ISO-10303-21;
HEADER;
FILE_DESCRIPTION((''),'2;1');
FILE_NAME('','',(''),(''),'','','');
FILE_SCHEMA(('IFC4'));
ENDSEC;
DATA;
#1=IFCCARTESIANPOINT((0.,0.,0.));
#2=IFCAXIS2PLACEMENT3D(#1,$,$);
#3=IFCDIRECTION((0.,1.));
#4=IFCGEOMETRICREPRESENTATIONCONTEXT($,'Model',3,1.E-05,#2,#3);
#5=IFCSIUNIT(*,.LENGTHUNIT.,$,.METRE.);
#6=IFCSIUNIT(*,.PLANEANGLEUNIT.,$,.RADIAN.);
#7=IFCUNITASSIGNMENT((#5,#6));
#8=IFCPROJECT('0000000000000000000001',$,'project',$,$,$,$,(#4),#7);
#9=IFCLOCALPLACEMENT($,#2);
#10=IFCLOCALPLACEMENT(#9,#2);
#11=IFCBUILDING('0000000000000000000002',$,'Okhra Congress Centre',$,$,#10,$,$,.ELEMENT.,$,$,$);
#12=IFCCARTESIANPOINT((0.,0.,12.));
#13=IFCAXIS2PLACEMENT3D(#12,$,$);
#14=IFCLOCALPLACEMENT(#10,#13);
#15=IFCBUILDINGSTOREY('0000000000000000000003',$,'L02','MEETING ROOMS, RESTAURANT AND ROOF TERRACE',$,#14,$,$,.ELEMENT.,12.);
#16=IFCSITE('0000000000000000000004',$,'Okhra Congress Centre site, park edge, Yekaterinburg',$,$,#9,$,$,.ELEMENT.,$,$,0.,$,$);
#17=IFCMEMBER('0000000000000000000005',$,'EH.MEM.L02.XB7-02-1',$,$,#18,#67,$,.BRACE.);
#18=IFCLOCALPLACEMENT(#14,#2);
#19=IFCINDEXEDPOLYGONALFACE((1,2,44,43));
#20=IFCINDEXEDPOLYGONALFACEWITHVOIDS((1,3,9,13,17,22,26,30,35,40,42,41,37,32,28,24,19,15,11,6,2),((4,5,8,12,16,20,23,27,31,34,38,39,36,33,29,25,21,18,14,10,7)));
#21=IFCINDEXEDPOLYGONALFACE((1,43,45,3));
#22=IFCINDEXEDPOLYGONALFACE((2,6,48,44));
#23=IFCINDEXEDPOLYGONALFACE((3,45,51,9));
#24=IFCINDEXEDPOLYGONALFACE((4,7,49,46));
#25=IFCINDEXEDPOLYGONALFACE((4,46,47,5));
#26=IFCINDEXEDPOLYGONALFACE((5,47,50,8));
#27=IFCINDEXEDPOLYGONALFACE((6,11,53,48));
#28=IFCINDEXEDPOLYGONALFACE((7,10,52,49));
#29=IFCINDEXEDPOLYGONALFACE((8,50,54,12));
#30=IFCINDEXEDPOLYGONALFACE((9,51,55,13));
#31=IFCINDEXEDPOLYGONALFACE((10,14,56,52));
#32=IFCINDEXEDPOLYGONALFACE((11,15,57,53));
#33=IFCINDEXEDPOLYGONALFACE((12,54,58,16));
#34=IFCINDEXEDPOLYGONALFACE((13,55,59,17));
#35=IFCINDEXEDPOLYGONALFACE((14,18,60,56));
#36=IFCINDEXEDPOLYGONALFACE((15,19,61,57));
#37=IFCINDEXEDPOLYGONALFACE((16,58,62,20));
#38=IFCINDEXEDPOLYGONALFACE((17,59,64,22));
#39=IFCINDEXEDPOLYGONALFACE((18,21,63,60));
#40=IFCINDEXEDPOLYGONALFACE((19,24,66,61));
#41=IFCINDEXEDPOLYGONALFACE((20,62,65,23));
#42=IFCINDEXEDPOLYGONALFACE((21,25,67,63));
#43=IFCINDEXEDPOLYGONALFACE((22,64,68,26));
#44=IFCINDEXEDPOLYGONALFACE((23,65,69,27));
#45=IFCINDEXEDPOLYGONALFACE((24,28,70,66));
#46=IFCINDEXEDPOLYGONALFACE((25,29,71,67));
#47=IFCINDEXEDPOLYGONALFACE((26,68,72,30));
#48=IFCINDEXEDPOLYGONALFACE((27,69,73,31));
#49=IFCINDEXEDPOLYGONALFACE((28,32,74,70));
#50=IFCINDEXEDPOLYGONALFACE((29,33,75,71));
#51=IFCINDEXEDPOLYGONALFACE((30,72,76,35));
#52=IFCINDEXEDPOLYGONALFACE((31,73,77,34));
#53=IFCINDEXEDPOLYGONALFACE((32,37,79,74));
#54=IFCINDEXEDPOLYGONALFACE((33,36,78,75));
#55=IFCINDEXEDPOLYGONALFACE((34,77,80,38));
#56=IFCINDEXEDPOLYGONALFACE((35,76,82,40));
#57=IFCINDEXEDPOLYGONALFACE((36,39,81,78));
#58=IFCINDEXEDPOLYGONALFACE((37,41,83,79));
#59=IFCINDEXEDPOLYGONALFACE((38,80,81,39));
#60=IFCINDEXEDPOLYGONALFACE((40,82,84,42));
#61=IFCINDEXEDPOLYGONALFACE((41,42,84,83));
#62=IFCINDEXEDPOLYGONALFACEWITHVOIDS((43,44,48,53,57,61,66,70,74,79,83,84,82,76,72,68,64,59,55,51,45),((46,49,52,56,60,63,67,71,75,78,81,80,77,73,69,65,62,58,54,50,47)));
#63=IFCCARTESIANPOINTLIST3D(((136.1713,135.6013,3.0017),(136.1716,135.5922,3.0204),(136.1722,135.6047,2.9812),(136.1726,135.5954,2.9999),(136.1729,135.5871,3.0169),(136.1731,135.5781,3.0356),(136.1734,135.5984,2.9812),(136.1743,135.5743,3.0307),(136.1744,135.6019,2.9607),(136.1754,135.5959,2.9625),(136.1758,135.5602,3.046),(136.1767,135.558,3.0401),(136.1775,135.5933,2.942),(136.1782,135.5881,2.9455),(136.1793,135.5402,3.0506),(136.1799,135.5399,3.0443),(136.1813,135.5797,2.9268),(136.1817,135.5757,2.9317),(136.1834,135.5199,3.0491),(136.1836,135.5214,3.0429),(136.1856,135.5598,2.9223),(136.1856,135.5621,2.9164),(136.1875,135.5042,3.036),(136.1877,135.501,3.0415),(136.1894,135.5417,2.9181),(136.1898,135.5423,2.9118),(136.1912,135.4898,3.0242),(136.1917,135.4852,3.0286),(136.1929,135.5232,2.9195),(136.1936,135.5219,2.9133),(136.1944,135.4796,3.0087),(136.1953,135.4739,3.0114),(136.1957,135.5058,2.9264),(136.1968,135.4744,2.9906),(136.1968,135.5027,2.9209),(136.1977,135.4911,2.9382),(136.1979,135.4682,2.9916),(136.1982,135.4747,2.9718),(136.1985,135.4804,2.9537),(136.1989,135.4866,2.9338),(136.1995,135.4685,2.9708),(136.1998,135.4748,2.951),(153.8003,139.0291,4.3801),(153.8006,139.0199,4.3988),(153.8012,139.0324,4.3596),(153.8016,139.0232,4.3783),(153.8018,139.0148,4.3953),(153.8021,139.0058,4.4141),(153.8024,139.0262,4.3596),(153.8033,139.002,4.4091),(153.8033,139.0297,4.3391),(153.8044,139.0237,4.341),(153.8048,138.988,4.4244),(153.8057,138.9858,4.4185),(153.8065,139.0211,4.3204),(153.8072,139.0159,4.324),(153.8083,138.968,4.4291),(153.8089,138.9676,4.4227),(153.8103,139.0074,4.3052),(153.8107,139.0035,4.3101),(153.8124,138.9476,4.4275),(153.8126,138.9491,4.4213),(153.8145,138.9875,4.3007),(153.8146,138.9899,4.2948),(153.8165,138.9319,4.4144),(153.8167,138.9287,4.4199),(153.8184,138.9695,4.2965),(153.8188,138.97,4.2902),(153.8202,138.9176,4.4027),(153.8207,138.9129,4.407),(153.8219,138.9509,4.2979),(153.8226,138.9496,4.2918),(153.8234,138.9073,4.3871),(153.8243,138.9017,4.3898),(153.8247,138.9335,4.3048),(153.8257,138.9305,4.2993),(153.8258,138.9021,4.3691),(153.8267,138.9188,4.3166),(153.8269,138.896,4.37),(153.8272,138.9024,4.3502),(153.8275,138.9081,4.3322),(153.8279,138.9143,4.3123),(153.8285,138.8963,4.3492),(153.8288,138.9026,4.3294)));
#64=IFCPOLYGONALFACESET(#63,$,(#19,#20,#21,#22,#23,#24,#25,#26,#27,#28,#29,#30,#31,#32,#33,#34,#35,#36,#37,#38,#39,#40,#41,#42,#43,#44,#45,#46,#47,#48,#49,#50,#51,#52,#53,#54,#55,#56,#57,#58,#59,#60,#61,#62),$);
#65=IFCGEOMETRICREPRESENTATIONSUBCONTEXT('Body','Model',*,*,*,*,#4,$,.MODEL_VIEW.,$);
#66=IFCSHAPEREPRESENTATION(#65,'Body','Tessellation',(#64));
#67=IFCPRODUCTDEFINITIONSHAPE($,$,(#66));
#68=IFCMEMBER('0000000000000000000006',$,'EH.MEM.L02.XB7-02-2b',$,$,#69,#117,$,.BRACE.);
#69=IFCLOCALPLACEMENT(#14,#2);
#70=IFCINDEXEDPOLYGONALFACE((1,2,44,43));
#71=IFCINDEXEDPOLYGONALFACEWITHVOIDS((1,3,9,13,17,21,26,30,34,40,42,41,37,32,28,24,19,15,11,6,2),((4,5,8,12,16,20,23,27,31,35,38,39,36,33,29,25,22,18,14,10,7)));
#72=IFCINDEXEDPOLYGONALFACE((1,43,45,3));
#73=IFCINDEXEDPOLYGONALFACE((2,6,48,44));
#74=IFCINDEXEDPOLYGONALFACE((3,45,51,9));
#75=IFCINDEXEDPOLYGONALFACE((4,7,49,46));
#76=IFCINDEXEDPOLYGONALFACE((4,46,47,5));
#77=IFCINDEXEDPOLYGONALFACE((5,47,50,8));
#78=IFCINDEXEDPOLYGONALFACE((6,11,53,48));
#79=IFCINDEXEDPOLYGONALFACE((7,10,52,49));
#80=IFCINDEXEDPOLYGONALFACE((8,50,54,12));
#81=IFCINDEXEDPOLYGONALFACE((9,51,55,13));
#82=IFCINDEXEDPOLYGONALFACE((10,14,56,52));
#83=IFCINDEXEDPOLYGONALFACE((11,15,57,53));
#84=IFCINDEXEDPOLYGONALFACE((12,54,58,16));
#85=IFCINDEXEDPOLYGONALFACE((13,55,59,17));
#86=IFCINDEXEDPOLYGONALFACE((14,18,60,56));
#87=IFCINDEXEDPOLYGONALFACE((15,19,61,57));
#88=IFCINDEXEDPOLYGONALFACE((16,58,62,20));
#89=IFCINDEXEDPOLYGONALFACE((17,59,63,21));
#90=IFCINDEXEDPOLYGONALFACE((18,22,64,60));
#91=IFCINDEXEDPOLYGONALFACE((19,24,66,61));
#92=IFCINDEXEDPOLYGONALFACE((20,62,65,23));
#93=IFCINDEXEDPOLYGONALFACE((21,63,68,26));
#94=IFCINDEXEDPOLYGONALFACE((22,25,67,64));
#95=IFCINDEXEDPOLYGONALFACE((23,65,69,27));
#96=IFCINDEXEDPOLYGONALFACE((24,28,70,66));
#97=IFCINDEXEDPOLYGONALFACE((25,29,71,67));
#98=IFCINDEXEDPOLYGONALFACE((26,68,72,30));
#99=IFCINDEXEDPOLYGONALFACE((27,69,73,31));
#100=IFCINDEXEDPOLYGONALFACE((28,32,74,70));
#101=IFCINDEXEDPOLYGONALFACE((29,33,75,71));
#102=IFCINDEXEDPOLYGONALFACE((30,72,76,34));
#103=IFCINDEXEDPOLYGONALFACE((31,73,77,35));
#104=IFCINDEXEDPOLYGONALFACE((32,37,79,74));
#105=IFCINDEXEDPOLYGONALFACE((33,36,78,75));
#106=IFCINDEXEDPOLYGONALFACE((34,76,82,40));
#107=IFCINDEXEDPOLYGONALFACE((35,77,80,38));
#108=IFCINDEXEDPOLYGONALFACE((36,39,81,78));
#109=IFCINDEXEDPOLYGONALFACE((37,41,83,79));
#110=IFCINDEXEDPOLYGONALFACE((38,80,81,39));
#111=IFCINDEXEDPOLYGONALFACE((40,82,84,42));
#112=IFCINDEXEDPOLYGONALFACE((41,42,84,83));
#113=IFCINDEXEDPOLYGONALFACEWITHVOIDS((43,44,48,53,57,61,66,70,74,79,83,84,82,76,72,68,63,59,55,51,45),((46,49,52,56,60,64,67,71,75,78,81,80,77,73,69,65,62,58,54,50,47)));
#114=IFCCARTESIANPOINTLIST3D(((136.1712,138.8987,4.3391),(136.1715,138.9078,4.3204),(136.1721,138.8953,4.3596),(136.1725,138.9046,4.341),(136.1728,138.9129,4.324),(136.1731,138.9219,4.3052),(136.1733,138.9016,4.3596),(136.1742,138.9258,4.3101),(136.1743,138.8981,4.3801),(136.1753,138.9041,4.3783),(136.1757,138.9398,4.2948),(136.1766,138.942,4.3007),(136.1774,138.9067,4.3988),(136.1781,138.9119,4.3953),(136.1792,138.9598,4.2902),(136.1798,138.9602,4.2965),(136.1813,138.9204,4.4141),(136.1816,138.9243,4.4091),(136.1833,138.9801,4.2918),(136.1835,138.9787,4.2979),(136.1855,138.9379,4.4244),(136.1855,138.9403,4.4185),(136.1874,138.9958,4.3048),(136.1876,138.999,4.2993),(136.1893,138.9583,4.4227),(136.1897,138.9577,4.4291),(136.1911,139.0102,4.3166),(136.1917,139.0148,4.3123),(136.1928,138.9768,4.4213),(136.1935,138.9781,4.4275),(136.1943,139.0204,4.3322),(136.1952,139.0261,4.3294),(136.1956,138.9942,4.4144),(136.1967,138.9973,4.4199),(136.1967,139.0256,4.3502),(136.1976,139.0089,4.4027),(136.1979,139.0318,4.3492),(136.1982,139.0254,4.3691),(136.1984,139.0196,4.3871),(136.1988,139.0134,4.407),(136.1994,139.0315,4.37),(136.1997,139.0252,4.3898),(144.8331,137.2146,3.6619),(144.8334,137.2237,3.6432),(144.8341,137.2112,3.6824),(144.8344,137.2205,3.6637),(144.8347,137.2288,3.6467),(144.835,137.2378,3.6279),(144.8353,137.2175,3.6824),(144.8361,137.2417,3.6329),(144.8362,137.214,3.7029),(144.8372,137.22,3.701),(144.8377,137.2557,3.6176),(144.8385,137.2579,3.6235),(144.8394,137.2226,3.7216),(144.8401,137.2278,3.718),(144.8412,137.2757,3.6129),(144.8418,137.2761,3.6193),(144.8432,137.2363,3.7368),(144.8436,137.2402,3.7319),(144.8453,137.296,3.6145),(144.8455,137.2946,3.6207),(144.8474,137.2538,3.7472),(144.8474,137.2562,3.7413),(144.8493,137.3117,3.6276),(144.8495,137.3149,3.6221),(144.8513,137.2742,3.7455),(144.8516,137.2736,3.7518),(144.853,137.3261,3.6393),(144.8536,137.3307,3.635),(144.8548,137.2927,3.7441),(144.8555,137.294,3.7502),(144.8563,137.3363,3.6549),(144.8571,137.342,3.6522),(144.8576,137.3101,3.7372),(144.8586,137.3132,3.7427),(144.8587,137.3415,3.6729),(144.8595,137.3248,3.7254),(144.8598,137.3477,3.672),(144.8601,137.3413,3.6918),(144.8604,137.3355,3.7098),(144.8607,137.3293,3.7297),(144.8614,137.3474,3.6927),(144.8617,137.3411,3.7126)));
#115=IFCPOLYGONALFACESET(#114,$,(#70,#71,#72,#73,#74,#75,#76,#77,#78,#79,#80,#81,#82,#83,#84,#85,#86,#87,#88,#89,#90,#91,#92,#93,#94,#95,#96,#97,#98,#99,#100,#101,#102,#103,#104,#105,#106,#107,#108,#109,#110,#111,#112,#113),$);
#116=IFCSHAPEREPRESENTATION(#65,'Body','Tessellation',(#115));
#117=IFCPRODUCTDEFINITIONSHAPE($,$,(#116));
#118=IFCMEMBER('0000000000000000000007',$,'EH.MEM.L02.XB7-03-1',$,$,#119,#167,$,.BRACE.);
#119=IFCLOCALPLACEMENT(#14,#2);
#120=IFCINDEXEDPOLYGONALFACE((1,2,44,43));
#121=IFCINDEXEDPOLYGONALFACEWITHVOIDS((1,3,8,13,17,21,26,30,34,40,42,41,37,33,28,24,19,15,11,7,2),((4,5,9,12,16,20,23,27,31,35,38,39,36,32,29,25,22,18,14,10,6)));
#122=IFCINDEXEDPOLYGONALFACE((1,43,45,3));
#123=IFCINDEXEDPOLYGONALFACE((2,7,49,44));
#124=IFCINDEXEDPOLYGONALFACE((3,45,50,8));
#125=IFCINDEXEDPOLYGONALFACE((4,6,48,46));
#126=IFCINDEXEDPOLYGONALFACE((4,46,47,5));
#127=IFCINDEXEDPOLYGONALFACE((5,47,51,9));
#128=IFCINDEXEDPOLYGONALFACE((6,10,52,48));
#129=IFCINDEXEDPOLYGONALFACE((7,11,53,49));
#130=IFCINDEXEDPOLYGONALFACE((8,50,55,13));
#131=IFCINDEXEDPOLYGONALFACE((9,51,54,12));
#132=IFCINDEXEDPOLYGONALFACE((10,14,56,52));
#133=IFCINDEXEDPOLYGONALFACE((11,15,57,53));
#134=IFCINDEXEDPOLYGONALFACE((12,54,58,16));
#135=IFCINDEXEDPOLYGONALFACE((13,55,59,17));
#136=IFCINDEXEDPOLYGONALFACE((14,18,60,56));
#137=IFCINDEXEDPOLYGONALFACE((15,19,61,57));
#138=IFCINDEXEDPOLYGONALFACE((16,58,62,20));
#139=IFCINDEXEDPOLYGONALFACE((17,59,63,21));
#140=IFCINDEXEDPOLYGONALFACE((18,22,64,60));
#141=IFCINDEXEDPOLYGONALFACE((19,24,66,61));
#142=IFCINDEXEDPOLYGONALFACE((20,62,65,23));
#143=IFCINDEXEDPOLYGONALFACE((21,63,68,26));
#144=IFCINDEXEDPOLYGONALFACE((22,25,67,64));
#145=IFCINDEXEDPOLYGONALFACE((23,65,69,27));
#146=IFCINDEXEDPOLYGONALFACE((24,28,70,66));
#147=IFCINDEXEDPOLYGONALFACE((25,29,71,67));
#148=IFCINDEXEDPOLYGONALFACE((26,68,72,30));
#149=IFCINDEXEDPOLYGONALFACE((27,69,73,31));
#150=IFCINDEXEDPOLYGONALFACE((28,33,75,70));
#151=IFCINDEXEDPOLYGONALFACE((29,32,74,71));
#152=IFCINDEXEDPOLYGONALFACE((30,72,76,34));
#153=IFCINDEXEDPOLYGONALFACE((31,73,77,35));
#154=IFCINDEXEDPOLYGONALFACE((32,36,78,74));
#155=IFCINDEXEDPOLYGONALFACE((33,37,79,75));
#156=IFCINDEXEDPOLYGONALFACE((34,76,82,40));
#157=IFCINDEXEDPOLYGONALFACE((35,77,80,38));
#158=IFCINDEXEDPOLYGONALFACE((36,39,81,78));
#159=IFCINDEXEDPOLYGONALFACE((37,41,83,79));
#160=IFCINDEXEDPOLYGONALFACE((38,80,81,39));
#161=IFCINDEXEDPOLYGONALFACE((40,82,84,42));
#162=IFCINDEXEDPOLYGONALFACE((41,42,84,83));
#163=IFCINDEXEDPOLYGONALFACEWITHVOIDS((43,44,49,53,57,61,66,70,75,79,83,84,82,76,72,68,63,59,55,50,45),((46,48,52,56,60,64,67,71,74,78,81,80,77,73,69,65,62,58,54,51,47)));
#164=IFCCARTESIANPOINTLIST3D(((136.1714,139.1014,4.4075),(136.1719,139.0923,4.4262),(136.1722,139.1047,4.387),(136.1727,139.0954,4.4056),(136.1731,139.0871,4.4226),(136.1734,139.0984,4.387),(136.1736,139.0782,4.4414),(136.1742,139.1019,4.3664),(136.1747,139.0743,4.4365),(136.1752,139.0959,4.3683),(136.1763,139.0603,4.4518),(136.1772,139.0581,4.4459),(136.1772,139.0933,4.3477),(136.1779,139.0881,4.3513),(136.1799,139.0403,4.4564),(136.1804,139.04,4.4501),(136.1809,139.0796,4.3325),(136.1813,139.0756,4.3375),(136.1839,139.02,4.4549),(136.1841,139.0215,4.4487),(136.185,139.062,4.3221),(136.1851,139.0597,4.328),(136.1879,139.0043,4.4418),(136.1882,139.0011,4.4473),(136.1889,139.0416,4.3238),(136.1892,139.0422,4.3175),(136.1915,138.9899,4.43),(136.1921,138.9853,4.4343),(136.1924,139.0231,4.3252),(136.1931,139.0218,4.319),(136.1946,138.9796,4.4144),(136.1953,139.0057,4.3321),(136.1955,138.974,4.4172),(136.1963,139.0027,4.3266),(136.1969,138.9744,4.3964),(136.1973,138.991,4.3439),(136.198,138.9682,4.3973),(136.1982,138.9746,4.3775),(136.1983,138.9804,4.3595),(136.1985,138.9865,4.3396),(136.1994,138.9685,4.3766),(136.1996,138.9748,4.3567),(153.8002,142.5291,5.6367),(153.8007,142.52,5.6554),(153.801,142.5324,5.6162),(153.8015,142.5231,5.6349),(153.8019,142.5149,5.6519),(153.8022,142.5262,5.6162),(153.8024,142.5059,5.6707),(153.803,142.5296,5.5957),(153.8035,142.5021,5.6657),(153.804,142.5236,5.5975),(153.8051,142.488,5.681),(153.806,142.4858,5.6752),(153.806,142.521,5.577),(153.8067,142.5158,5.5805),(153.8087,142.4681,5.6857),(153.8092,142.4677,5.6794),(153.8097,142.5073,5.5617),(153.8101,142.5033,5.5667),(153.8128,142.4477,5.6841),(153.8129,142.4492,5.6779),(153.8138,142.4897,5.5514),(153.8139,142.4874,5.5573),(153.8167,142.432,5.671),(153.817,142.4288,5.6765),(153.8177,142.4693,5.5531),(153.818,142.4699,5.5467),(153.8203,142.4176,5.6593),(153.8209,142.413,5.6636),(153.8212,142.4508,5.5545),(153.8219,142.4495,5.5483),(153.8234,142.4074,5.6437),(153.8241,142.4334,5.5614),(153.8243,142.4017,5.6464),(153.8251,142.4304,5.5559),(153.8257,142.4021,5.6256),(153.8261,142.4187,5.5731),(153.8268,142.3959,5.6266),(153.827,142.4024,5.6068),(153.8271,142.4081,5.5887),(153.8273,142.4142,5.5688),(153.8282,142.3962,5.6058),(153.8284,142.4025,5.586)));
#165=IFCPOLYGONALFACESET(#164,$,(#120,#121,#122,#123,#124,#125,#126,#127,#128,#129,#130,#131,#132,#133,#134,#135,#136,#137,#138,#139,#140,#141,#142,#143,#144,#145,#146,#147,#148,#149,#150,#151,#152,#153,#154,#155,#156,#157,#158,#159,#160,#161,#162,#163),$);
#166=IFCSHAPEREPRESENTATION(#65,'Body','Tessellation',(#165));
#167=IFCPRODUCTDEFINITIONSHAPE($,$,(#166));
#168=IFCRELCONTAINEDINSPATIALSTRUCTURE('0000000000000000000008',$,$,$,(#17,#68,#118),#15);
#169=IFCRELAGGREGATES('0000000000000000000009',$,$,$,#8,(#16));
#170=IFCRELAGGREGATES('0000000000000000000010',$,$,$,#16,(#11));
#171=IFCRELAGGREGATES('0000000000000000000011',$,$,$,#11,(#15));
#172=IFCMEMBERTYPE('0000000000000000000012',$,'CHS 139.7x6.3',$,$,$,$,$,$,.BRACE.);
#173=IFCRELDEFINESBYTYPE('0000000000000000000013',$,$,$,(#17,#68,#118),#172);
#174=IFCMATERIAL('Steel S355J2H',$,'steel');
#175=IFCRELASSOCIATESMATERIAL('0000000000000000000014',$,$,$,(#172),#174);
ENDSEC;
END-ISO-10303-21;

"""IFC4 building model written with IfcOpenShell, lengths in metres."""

from ifc_helpers import new_model, si_unit, direction, frame, origin, origin_2d, place, context, subcontext, project, spatial, hollow_circle, extrude, material, material_profile, profile_set, type_object, element, save


model = new_model("IFC4")

# Units and contexts
model_context = context("Model", 3, precision=1e-05, world=origin(), true_north=direction((0.0, 1.0)))
body_context = subcontext(model_context, "Body", "Model", "MODEL_VIEW")
ifc_project = project(units=[si_unit("LENGTHUNIT", "METRE"), si_unit("PLANEANGLEUNIT", "RADIAN")], contexts=[model_context])

# Site, building, storey
site_placement = place(None, origin())
site = spatial("IfcSite", under=ifc_project, at=site_placement, Name="Okhra Congress Centre site, park edge, Yekaterinburg", CompositionType="ELEMENT", RefElevation=0.0)
building_placement = place(site_placement, origin())
building = spatial("IfcBuilding", under=site, at=building_placement, Name="Okhra Congress Centre", CompositionType="ELEMENT")
storey_placement = place(building_placement, frame((0.0, 0.0, 12.0)))
storey = spatial("IfcBuildingStorey", under=building, at=storey_placement, Name="L02", Description="MEETING ROOMS, RESTAURANT AND ROOF TERRACE", CompositionType="ELEMENT", Elevation=12.0)

# Members
ifc_material_1 = material(Name="Steel S355J2H", Category="steel")
ifc_material_profile_1 = material_profile(ifc_material_1, hollow_circle(Radius=0.0698, WallThickness=0.0063, at=origin_2d()), Name="CHS 139.7x6.3")
ifc_profile_set_1 = profile_set([ifc_material_profile_1], Name="Steel S355J2H")
member_type_1 = type_object("IfcMemberType", Name="CHS 139.7x6.3", PredefinedType="BRACE", material=ifc_profile_set_1)
member_1_placement = place(storey_placement, frame((136.1855, 135.5361, 2.9812), z_axis=(0.978738, 0.190304, 0.076528), x_axis=(-0.190864, 0.981617, 0.0)))
element("IfcMember", 1, at=member_1_placement, inside=storey, type_object=member_type_1, Name="EH.MEM.L02.XB7-02-1", PredefinedType="BRACE", context=body_context, shape_type="SweptSolid", body=[
    extrude(hollow_circle(Radius=0.0698, WallThickness=0.0063, at=origin_2d()), origin(), (0.0, 0.0, 1.0), 18.012),
])
member_2_placement = place(storey_placement, frame((144.8474, 137.2798, 3.6824), z_axis=(-0.978741, 0.190292, 0.076525), x_axis=(-0.190851, -0.981619, 0.0)))
element("IfcMember", 2, at=member_2_placement, inside=storey, type_object=member_type_1, Name="EH.MEM.L02.XB7-02-2b", PredefinedType="BRACE", context=body_context, shape_type="SweptSolid", body=[
    extrude(hollow_circle(Radius=0.0698, WallThickness=0.0063, at=origin_2d()), origin(), (0.0, 0.0, 1.0), 8.8501),
])
member_3_placement = place(storey_placement, frame((136.1855, 139.0361, 4.387), z_axis=(0.979325, 0.190418, 0.068287), x_axis=(-0.190864, 0.981617, 0.0)))
element("IfcMember", 3, at=member_3_placement, inside=storey, type_object=member_type_1, Name="EH.MEM.L02.XB7-03-1", PredefinedType="BRACE", context=body_context, shape_type="SweptSolid", body=[
    extrude(hollow_circle(Radius=0.0698, WallThickness=0.0063, at=origin_2d()), origin(), (0.0, 0.0, 1.0), 18.001),
])

save(model, "model.ifc")
